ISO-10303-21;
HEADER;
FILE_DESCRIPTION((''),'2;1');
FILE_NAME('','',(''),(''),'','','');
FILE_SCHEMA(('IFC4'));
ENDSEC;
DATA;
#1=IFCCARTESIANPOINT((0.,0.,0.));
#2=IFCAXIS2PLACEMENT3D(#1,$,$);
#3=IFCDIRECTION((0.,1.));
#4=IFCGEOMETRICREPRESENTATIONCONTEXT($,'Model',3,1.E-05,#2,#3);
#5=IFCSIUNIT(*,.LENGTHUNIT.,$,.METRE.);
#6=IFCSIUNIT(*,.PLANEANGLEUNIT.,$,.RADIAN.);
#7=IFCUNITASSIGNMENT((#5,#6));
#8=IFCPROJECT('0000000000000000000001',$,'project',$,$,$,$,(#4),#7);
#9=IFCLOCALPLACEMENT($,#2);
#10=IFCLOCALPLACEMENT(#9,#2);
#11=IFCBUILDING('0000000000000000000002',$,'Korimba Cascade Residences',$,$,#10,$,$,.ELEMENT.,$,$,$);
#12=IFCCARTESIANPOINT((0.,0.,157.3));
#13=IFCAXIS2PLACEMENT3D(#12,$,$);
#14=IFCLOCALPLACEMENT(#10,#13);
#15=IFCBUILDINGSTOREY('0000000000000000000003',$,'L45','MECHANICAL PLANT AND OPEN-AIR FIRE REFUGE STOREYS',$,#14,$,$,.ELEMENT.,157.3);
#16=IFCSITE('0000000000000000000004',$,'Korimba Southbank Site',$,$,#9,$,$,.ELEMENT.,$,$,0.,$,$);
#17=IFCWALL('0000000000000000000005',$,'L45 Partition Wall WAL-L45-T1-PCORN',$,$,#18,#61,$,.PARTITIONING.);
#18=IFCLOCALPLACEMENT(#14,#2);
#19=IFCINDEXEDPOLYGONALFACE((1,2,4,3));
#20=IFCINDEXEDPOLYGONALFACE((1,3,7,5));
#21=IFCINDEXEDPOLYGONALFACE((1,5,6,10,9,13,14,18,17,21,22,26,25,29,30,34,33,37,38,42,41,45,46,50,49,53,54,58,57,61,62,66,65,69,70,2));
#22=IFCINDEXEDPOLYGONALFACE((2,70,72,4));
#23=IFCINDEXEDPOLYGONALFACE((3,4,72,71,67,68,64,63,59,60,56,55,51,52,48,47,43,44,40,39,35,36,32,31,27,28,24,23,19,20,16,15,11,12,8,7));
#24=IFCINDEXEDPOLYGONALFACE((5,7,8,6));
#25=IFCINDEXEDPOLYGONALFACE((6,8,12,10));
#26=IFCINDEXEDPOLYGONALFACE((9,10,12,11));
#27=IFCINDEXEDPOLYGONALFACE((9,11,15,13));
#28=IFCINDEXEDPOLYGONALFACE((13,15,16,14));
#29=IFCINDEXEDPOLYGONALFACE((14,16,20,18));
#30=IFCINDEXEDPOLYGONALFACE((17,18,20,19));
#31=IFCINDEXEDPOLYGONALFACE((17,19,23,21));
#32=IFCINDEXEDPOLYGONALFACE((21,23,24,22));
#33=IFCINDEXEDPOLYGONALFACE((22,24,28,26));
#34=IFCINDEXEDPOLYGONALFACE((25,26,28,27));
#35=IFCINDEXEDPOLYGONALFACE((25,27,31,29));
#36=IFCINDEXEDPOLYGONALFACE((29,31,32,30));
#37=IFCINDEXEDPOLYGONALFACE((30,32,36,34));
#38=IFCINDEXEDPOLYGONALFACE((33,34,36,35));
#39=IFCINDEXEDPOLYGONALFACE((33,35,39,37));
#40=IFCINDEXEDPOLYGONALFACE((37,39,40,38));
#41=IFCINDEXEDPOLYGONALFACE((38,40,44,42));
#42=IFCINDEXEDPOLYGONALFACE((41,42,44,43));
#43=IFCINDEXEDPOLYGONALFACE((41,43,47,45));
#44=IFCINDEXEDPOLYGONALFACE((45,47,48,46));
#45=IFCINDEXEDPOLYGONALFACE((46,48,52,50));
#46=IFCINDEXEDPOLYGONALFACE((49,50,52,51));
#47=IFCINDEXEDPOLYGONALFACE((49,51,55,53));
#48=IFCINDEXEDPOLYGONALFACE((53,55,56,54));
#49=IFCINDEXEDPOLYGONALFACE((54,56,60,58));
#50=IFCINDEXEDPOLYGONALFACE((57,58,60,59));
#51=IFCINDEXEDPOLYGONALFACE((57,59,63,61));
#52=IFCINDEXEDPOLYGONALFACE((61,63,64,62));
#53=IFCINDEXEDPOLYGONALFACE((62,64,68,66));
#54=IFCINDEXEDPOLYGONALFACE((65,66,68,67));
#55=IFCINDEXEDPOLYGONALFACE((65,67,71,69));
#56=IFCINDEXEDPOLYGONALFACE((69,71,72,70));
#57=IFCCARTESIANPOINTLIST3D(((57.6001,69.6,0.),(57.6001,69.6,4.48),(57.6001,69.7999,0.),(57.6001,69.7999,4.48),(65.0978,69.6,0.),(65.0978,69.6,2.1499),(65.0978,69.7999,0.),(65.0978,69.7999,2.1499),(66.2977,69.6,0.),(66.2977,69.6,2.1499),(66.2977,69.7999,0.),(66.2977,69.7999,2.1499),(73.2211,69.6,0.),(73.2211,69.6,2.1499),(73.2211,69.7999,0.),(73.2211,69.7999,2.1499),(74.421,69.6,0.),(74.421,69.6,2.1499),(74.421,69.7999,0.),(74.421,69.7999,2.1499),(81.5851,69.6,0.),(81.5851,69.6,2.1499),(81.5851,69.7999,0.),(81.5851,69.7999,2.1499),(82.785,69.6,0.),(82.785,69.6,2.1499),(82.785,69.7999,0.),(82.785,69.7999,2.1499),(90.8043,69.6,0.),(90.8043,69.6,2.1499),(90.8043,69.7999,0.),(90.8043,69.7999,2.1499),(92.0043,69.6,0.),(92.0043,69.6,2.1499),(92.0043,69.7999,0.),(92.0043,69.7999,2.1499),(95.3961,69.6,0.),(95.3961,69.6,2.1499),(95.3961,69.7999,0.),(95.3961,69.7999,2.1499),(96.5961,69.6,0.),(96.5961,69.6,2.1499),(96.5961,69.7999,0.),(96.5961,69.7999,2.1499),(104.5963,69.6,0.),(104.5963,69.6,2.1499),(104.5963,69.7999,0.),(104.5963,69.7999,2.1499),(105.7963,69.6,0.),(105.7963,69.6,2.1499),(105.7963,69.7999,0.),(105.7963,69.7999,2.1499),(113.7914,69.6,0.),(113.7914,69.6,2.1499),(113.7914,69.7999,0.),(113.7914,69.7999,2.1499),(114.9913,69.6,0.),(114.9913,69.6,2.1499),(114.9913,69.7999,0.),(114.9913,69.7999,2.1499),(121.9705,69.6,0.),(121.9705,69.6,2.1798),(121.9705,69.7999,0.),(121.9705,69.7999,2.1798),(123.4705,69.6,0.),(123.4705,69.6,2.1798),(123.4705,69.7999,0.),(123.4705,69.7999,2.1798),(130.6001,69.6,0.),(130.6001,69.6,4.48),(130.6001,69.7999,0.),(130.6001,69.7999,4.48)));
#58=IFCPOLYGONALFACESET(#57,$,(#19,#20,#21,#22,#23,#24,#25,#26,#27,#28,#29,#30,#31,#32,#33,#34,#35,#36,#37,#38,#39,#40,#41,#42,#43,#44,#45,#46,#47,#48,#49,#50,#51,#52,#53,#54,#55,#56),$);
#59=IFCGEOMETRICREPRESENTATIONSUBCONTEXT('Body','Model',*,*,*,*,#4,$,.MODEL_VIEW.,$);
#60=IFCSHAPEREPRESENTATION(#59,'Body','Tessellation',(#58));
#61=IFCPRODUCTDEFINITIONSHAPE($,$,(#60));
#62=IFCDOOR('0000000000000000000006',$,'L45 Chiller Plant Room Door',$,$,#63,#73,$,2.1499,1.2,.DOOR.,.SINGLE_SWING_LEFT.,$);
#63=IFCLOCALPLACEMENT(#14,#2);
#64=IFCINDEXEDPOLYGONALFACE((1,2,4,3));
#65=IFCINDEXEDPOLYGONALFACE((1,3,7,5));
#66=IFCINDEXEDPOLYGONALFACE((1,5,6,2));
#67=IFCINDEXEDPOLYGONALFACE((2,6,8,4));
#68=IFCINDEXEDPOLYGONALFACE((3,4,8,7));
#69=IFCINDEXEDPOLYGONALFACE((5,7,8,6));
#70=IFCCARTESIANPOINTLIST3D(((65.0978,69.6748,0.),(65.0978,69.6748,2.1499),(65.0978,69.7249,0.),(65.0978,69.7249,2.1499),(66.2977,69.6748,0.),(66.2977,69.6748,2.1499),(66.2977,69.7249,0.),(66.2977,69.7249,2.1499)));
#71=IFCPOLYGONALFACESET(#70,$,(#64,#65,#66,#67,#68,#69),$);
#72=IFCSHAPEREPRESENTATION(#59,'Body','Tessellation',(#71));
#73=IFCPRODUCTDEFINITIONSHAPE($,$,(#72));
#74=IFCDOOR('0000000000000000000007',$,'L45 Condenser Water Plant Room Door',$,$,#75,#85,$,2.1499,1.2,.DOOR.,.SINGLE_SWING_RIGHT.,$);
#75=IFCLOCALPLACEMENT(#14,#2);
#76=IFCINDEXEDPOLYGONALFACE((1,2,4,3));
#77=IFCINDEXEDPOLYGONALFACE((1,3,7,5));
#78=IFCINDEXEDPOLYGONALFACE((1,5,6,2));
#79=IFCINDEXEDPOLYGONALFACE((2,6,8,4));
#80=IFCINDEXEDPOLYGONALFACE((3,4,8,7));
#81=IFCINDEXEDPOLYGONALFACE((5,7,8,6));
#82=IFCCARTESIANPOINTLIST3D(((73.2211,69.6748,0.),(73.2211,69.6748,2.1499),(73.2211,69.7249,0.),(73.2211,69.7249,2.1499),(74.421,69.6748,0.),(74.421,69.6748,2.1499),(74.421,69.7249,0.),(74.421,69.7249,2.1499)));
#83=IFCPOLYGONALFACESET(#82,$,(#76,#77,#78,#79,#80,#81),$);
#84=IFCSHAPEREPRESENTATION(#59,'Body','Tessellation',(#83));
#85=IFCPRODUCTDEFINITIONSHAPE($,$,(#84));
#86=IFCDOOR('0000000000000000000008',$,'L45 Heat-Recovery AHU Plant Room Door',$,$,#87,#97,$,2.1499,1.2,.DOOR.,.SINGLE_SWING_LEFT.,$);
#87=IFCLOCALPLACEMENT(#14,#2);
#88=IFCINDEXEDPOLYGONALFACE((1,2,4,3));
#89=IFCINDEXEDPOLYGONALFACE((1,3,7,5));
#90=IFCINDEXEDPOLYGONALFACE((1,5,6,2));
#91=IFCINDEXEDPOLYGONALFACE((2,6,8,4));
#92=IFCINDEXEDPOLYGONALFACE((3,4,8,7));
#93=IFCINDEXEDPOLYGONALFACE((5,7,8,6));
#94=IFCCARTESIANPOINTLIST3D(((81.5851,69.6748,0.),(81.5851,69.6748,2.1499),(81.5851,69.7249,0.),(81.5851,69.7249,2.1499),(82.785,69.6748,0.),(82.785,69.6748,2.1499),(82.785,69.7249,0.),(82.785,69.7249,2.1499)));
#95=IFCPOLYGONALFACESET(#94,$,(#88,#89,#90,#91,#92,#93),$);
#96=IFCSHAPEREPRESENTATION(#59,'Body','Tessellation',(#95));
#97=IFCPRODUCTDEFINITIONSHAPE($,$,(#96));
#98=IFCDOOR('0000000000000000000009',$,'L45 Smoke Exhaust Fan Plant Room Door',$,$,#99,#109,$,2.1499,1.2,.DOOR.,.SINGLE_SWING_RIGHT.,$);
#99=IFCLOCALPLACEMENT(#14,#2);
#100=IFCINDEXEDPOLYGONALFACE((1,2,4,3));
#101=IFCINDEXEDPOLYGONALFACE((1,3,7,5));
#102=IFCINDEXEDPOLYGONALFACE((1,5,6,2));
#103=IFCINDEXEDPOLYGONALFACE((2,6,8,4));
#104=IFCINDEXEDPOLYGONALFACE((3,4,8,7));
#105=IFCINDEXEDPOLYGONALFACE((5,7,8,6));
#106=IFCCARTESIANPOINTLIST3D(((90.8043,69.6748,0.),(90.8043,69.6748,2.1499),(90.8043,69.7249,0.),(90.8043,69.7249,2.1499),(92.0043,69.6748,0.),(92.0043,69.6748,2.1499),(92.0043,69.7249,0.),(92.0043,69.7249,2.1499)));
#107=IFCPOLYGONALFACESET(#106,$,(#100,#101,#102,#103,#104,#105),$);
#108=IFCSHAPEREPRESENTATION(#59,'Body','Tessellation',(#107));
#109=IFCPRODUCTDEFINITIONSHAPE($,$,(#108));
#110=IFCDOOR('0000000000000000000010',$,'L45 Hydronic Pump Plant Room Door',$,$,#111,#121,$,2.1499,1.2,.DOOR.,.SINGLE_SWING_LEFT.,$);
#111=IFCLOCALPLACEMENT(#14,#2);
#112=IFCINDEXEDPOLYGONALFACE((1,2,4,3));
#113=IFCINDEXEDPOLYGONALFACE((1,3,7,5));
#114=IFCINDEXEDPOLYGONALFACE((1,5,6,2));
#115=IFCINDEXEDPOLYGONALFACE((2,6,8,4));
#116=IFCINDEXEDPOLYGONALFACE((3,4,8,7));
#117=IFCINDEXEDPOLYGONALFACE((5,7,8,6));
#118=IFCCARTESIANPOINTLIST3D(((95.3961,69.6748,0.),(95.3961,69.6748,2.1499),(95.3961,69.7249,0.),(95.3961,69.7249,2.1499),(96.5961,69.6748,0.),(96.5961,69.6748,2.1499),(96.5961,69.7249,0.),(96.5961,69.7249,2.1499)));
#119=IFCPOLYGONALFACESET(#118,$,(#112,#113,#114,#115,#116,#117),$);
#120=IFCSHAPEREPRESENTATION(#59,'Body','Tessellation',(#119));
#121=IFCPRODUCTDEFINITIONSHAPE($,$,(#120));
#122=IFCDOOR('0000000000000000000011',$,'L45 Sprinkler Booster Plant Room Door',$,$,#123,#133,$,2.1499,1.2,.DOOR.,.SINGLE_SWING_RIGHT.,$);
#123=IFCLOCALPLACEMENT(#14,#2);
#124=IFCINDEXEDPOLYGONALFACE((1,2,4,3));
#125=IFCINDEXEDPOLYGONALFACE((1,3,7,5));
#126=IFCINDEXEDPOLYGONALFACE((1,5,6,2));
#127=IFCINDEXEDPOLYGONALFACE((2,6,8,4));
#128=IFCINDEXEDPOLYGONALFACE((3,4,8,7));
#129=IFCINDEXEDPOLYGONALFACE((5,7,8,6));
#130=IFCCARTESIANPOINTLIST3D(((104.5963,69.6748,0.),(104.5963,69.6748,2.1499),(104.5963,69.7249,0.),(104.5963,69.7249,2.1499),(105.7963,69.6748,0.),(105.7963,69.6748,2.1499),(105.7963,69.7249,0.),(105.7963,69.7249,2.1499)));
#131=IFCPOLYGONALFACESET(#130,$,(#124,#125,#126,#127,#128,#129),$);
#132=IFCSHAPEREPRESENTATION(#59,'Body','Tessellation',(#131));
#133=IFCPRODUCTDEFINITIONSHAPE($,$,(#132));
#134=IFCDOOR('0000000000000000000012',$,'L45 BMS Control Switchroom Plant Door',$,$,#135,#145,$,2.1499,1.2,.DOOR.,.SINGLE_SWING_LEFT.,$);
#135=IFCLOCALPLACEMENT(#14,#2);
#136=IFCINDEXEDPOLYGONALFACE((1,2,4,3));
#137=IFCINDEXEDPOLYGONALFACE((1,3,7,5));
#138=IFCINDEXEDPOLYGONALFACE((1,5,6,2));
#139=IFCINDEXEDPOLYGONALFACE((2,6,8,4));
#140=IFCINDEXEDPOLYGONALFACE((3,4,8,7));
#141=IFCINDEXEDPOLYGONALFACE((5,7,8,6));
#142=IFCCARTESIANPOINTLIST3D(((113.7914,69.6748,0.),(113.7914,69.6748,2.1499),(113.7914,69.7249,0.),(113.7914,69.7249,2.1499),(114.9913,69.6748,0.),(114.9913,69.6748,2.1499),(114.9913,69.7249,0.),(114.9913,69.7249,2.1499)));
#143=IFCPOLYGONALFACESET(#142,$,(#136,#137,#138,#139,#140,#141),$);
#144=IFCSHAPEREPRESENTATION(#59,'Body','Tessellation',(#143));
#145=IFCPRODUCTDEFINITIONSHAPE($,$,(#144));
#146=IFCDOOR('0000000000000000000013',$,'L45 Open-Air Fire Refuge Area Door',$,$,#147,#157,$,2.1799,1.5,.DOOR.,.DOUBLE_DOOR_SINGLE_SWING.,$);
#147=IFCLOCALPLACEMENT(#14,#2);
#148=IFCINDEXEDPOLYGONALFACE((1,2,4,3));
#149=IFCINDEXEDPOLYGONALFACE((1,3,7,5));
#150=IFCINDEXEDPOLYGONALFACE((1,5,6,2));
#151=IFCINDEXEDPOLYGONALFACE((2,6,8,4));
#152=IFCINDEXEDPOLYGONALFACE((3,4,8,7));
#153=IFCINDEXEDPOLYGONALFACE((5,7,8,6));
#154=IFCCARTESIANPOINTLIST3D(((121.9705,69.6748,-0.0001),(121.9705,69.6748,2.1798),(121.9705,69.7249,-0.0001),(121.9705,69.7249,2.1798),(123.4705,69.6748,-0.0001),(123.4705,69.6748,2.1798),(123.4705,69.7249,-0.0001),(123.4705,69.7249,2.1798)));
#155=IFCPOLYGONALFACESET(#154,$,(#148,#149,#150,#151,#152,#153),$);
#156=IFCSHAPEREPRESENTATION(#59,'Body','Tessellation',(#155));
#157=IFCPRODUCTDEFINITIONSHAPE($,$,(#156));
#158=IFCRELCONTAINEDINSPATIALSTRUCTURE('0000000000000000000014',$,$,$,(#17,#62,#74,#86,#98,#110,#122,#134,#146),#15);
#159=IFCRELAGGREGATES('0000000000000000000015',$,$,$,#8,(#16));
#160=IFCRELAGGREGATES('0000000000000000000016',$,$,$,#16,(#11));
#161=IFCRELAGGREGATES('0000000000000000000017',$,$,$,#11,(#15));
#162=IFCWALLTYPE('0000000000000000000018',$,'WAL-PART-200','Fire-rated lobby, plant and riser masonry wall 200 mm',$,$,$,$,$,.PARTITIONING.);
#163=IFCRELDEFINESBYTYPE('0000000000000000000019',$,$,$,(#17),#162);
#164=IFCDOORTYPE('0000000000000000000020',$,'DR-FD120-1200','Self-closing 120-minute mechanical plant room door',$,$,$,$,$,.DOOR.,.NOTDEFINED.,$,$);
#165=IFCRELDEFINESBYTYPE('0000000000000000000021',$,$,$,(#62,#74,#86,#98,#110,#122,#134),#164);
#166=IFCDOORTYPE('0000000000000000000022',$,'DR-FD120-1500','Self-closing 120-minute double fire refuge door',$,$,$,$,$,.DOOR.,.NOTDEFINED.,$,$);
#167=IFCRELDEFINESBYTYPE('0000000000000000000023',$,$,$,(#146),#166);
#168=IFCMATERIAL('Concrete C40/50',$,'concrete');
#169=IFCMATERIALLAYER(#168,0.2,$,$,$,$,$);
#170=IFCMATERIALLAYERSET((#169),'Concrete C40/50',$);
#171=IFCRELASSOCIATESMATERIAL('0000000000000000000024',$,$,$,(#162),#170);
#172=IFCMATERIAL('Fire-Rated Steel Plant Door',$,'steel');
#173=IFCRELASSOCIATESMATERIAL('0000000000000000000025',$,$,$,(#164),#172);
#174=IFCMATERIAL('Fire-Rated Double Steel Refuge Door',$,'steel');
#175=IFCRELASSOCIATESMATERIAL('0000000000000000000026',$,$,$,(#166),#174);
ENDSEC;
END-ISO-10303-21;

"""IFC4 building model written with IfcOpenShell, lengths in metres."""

from ifc_helpers import new_model, si_unit, direction, frame, frame_2d, origin, place, context, subcontext, project, spatial, rectangle, extrude, material, layer, layer_set, type_object, element, fill, save


model = new_model("IFC4")

# Units and contexts
model_context = context("Model", 3, precision=1e-05, world=origin(), true_north=direction((0.0, 1.0)))
body_context = subcontext(model_context, "Body", "Model", "MODEL_VIEW")
ifc_project = project(units=[si_unit("LENGTHUNIT", "METRE"), si_unit("PLANEANGLEUNIT", "RADIAN")], contexts=[model_context])

# Site, building, storey
site_placement = place(None, origin())
site = spatial("IfcSite", under=ifc_project, at=site_placement, Name="Korimba Southbank Site", CompositionType="ELEMENT", RefElevation=0.0)
building_placement = place(site_placement, origin())
building = spatial("IfcBuilding", under=site, at=building_placement, Name="Korimba Cascade Residences", CompositionType="ELEMENT")
storey_placement = place(building_placement, frame((0.0, 0.0, 157.3)))
storey = spatial("IfcBuildingStorey", under=building, at=storey_placement, Name="L45", Description="MECHANICAL PLANT AND OPEN-AIR FIRE REFUGE STOREYS", CompositionType="ELEMENT", Elevation=157.3)

# Shared definitions
ifc_material_1 = material(Name="Concrete C40/50", Category="concrete")
ifc_layer_1 = layer(ifc_material_1, 0.2)
ifc_layer_set_1 = layer_set([ifc_layer_1], Name="Concrete C40/50")
wall_type_1 = type_object("IfcWallType", Name="WAL-PART-200", Description="Fire-rated lobby, plant and riser masonry wall 200 mm", PredefinedType="PARTITIONING", material=ifc_layer_set_1)

# Wall, openings, doors
wall_1_placement = place(storey_placement, frame((57.6001, 69.7, 0.0), z_axis=(0.0, 0.0, 1.0), x_axis=(1.0, 0.0, 0.0)))
wall_1 = element("IfcWall", 1, at=wall_1_placement, inside=storey, type_object=wall_type_1, Name="L45 Partition Wall WAL-L45-T1-PCORN", PredefinedType="PARTITIONING", context=body_context, shape_type="SweptSolid", body=[
    extrude(rectangle(XDim=73.0, YDim=0.2, at=frame_2d((36.5, 0.0))), origin(), (0.0, 0.0, 1.0), 4.48),
])
opening_1_placement = place(wall_1_placement, frame((7.4976, 0.0, 0.0)))
opening_1 = element("IfcOpeningElement", 2, at=opening_1_placement, cuts=wall_1, PredefinedType="OPENING", context=body_context, shape_type="SweptSolid", body=[
    extrude(rectangle(XDim=1.2, YDim=2.1499, at=frame_2d((0.6001, 1.075))), frame((0.0, 0.1099, 0.0), z_axis=(0.0, -1.0, 0.0), x_axis=(1.0, 0.0, 0.0)), (0.0, 0.0, 1.0), 0.22),
])
opening_2_placement = place(wall_1_placement, frame((15.6208, 0.0, 0.0)))
opening_2 = element("IfcOpeningElement", 3, at=opening_2_placement, cuts=wall_1, PredefinedType="OPENING", context=body_context, shape_type="SweptSolid", body=[
    extrude(rectangle(XDim=1.2, YDim=2.1499, at=frame_2d((0.6001, 1.075))), frame((0.0, 0.1099, 0.0), z_axis=(0.0, -1.0, 0.0), x_axis=(1.0, 0.0, 0.0)), (0.0, 0.0, 1.0), 0.22),
])
opening_3_placement = place(wall_1_placement, frame((23.9849, 0.0, 0.0)))
opening_3 = element("IfcOpeningElement", 4, at=opening_3_placement, cuts=wall_1, PredefinedType="OPENING", context=body_context, shape_type="SweptSolid", body=[
    extrude(rectangle(XDim=1.2, YDim=2.1499, at=frame_2d((0.6001, 1.075))), frame((0.0, 0.1099, 0.0), z_axis=(0.0, -1.0, 0.0), x_axis=(1.0, 0.0, 0.0)), (0.0, 0.0, 1.0), 0.22),
])
opening_4_placement = place(wall_1_placement, frame((33.2041, 0.0, 0.0)))
opening_4 = element("IfcOpeningElement", 5, at=opening_4_placement, cuts=wall_1, PredefinedType="OPENING", context=body_context, shape_type="SweptSolid", body=[
    extrude(rectangle(XDim=1.2, YDim=2.1499, at=frame_2d((0.6001, 1.075))), frame((0.0, 0.1099, 0.0), z_axis=(0.0, -1.0, 0.0), x_axis=(1.0, 0.0, 0.0)), (0.0, 0.0, 1.0), 0.22),
])
opening_5_placement = place(wall_1_placement, frame((37.7959, 0.0, 0.0)))
opening_5 = element("IfcOpeningElement", 6, at=opening_5_placement, cuts=wall_1, PredefinedType="OPENING", context=body_context, shape_type="SweptSolid", body=[
    extrude(rectangle(XDim=1.2, YDim=2.1499, at=frame_2d((0.6001, 1.075))), frame((0.0, 0.1099, 0.0), z_axis=(0.0, -1.0, 0.0), x_axis=(1.0, 0.0, 0.0)), (0.0, 0.0, 1.0), 0.22),
])
opening_6_placement = place(wall_1_placement, frame((46.9961, 0.0, 0.0)))
opening_6 = element("IfcOpeningElement", 7, at=opening_6_placement, cuts=wall_1, PredefinedType="OPENING", context=body_context, shape_type="SweptSolid", body=[
    extrude(rectangle(XDim=1.2, YDim=2.1499, at=frame_2d((0.6001, 1.075))), frame((0.0, 0.1099, 0.0), z_axis=(0.0, -1.0, 0.0), x_axis=(1.0, 0.0, 0.0)), (0.0, 0.0, 1.0), 0.22),
])
opening_7_placement = place(wall_1_placement, frame((56.1912, 0.0, 0.0)))
opening_7 = element("IfcOpeningElement", 8, at=opening_7_placement, cuts=wall_1, PredefinedType="OPENING", context=body_context, shape_type="SweptSolid", body=[
    extrude(rectangle(XDim=1.2, YDim=2.1499, at=frame_2d((0.6001, 1.075))), frame((0.0, 0.1099, 0.0), z_axis=(0.0, -1.0, 0.0), x_axis=(1.0, 0.0, 0.0)), (0.0, 0.0, 1.0), 0.22),
])
opening_8_placement = place(wall_1_placement, frame((64.3704, 0.0, 0.0)))
opening_8 = element("IfcOpeningElement", 9, at=opening_8_placement, cuts=wall_1, PredefinedType="OPENING", context=body_context, shape_type="SweptSolid", body=[
    extrude(rectangle(XDim=1.5, YDim=2.1799, at=frame_2d((0.75, 1.0898))), frame((0.0, 0.1099, 0.0), z_axis=(0.0, -1.0, 0.0), x_axis=(1.0, 0.0, 0.0)), (0.0, 0.0, 1.0), 0.22),
])
ifc_material_2 = material(Name="Fire-Rated Steel Plant Door", Category="steel")
door_type_1 = type_object("IfcDoorType", Name="DR-FD120-1200", Description="Self-closing 120-minute mechanical plant room door", OperationType="NOTDEFINED", PredefinedType="DOOR", material=ifc_material_2)
door_1_placement = place(opening_1_placement, origin())
door_1 = element("IfcDoor", 10, at=door_1_placement, inside=storey, type_object=door_type_1, Name="L45 Chiller Plant Room Door", OperationType="SINGLE_SWING_LEFT", OverallHeight=2.1499, OverallWidth=1.2, PredefinedType="DOOR", context=body_context, shape_type="SweptSolid", body=[
    extrude(rectangle(XDim=1.2, YDim=2.1499, at=frame_2d((0.6001, 1.075))), frame((0.0, 0.0249, 0.0), z_axis=(0.0, -1.0, 0.0), x_axis=(1.0, 0.0, 0.0)), (0.0, 0.0, 1.0), 0.05),
])
fill(opening_1, door_1)
door_2_placement = place(opening_2_placement, origin())
door_2 = element("IfcDoor", 11, at=door_2_placement, inside=storey, type_object=door_type_1, Name="L45 Condenser Water Plant Room Door", OperationType="SINGLE_SWING_RIGHT", OverallHeight=2.1499, OverallWidth=1.2, PredefinedType="DOOR", context=body_context, shape_type="SweptSolid", body=[
    extrude(rectangle(XDim=1.2, YDim=2.1499, at=frame_2d((0.6001, 1.075))), frame((0.0, 0.0249, 0.0), z_axis=(0.0, -1.0, 0.0), x_axis=(1.0, 0.0, 0.0)), (0.0, 0.0, 1.0), 0.05),
])
fill(opening_2, door_2)
door_3_placement = place(opening_3_placement, origin())
door_3 = element("IfcDoor", 12, at=door_3_placement, inside=storey, type_object=door_type_1, Name="L45 Heat-Recovery AHU Plant Room Door", OperationType="SINGLE_SWING_LEFT", OverallHeight=2.1499, OverallWidth=1.2, PredefinedType="DOOR", context=body_context, shape_type="SweptSolid", body=[
    extrude(rectangle(XDim=1.2, YDim=2.1499, at=frame_2d((0.6001, 1.075))), frame((0.0, 0.0249, 0.0), z_axis=(0.0, -1.0, 0.0), x_axis=(1.0, 0.0, 0.0)), (0.0, 0.0, 1.0), 0.05),
])
fill(opening_3, door_3)
door_4_placement = place(opening_4_placement, origin())
door_4 = element("IfcDoor", 13, at=door_4_placement, inside=storey, type_object=door_type_1, Name="L45 Smoke Exhaust Fan Plant Room Door", OperationType="SINGLE_SWING_RIGHT", OverallHeight=2.1499, OverallWidth=1.2, PredefinedType="DOOR", context=body_context, shape_type="SweptSolid", body=[
    extrude(rectangle(XDim=1.2, YDim=2.1499, at=frame_2d((0.6001, 1.075))), frame((0.0, 0.0249, 0.0), z_axis=(0.0, -1.0, 0.0), x_axis=(1.0, 0.0, 0.0)), (0.0, 0.0, 1.0), 0.05),
])
fill(opening_4, door_4)
door_5_placement = place(opening_5_placement, origin())
door_5 = element("IfcDoor", 14, at=door_5_placement, inside=storey, type_object=door_type_1, Name="L45 Hydronic Pump Plant Room Door", OperationType="SINGLE_SWING_LEFT", OverallHeight=2.1499, OverallWidth=1.2, PredefinedType="DOOR", context=body_context, shape_type="SweptSolid", body=[
    extrude(rectangle(XDim=1.2, YDim=2.1499, at=frame_2d((0.6001, 1.075))), frame((0.0, 0.0249, 0.0), z_axis=(0.0, -1.0, 0.0), x_axis=(1.0, 0.0, 0.0)), (0.0, 0.0, 1.0), 0.05),
])
fill(opening_5, door_5)
door_6_placement = place(opening_6_placement, origin())
door_6 = element("IfcDoor", 15, at=door_6_placement, inside=storey, type_object=door_type_1, Name="L45 Sprinkler Booster Plant Room Door", OperationType="SINGLE_SWING_RIGHT", OverallHeight=2.1499, OverallWidth=1.2, PredefinedType="DOOR", context=body_context, shape_type="SweptSolid", body=[
    extrude(rectangle(XDim=1.2, YDim=2.1499, at=frame_2d((0.6001, 1.075))), frame((0.0, 0.0249, 0.0), z_axis=(0.0, -1.0, 0.0), x_axis=(1.0, 0.0, 0.0)), (0.0, 0.0, 1.0), 0.05),
])
fill(opening_6, door_6)
door_7_placement = place(opening_7_placement, origin())
door_7 = element("IfcDoor", 16, at=door_7_placement, inside=storey, type_object=door_type_1, Name="L45 BMS Control Switchroom Plant Door", OperationType="SINGLE_SWING_LEFT", OverallHeight=2.1499, OverallWidth=1.2, PredefinedType="DOOR", context=body_context, shape_type="SweptSolid", body=[
    extrude(rectangle(XDim=1.2, YDim=2.1499, at=frame_2d((0.6001, 1.075))), frame((0.0, 0.0249, 0.0), z_axis=(0.0, -1.0, 0.0), x_axis=(1.0, 0.0, 0.0)), (0.0, 0.0, 1.0), 0.05),
])
fill(opening_7, door_7)
ifc_material_3 = material(Name="Fire-Rated Double Steel Refuge Door", Category="steel")
door_type_2 = type_object("IfcDoorType", Name="DR-FD120-1500", Description="Self-closing 120-minute double fire refuge door", OperationType="NOTDEFINED", PredefinedType="DOOR", material=ifc_material_3)
door_8_placement = place(opening_8_placement, origin())
door_8 = element("IfcDoor", 17, at=door_8_placement, inside=storey, type_object=door_type_2, Name="L45 Open-Air Fire Refuge Area Door", OperationType="DOUBLE_DOOR_SINGLE_SWING", OverallHeight=2.1799, OverallWidth=1.5, PredefinedType="DOOR", context=body_context, shape_type="SweptSolid", body=[
    extrude(rectangle(XDim=1.5, YDim=2.1799, at=frame_2d((0.75, 1.0898))), frame((0.0, 0.0249, 0.0), z_axis=(0.0, -1.0, 0.0), x_axis=(1.0, 0.0, 0.0)), (0.0, 0.0, 1.0), 0.05),
])
fill(opening_8, door_8)

save(model, "model.ifc")
